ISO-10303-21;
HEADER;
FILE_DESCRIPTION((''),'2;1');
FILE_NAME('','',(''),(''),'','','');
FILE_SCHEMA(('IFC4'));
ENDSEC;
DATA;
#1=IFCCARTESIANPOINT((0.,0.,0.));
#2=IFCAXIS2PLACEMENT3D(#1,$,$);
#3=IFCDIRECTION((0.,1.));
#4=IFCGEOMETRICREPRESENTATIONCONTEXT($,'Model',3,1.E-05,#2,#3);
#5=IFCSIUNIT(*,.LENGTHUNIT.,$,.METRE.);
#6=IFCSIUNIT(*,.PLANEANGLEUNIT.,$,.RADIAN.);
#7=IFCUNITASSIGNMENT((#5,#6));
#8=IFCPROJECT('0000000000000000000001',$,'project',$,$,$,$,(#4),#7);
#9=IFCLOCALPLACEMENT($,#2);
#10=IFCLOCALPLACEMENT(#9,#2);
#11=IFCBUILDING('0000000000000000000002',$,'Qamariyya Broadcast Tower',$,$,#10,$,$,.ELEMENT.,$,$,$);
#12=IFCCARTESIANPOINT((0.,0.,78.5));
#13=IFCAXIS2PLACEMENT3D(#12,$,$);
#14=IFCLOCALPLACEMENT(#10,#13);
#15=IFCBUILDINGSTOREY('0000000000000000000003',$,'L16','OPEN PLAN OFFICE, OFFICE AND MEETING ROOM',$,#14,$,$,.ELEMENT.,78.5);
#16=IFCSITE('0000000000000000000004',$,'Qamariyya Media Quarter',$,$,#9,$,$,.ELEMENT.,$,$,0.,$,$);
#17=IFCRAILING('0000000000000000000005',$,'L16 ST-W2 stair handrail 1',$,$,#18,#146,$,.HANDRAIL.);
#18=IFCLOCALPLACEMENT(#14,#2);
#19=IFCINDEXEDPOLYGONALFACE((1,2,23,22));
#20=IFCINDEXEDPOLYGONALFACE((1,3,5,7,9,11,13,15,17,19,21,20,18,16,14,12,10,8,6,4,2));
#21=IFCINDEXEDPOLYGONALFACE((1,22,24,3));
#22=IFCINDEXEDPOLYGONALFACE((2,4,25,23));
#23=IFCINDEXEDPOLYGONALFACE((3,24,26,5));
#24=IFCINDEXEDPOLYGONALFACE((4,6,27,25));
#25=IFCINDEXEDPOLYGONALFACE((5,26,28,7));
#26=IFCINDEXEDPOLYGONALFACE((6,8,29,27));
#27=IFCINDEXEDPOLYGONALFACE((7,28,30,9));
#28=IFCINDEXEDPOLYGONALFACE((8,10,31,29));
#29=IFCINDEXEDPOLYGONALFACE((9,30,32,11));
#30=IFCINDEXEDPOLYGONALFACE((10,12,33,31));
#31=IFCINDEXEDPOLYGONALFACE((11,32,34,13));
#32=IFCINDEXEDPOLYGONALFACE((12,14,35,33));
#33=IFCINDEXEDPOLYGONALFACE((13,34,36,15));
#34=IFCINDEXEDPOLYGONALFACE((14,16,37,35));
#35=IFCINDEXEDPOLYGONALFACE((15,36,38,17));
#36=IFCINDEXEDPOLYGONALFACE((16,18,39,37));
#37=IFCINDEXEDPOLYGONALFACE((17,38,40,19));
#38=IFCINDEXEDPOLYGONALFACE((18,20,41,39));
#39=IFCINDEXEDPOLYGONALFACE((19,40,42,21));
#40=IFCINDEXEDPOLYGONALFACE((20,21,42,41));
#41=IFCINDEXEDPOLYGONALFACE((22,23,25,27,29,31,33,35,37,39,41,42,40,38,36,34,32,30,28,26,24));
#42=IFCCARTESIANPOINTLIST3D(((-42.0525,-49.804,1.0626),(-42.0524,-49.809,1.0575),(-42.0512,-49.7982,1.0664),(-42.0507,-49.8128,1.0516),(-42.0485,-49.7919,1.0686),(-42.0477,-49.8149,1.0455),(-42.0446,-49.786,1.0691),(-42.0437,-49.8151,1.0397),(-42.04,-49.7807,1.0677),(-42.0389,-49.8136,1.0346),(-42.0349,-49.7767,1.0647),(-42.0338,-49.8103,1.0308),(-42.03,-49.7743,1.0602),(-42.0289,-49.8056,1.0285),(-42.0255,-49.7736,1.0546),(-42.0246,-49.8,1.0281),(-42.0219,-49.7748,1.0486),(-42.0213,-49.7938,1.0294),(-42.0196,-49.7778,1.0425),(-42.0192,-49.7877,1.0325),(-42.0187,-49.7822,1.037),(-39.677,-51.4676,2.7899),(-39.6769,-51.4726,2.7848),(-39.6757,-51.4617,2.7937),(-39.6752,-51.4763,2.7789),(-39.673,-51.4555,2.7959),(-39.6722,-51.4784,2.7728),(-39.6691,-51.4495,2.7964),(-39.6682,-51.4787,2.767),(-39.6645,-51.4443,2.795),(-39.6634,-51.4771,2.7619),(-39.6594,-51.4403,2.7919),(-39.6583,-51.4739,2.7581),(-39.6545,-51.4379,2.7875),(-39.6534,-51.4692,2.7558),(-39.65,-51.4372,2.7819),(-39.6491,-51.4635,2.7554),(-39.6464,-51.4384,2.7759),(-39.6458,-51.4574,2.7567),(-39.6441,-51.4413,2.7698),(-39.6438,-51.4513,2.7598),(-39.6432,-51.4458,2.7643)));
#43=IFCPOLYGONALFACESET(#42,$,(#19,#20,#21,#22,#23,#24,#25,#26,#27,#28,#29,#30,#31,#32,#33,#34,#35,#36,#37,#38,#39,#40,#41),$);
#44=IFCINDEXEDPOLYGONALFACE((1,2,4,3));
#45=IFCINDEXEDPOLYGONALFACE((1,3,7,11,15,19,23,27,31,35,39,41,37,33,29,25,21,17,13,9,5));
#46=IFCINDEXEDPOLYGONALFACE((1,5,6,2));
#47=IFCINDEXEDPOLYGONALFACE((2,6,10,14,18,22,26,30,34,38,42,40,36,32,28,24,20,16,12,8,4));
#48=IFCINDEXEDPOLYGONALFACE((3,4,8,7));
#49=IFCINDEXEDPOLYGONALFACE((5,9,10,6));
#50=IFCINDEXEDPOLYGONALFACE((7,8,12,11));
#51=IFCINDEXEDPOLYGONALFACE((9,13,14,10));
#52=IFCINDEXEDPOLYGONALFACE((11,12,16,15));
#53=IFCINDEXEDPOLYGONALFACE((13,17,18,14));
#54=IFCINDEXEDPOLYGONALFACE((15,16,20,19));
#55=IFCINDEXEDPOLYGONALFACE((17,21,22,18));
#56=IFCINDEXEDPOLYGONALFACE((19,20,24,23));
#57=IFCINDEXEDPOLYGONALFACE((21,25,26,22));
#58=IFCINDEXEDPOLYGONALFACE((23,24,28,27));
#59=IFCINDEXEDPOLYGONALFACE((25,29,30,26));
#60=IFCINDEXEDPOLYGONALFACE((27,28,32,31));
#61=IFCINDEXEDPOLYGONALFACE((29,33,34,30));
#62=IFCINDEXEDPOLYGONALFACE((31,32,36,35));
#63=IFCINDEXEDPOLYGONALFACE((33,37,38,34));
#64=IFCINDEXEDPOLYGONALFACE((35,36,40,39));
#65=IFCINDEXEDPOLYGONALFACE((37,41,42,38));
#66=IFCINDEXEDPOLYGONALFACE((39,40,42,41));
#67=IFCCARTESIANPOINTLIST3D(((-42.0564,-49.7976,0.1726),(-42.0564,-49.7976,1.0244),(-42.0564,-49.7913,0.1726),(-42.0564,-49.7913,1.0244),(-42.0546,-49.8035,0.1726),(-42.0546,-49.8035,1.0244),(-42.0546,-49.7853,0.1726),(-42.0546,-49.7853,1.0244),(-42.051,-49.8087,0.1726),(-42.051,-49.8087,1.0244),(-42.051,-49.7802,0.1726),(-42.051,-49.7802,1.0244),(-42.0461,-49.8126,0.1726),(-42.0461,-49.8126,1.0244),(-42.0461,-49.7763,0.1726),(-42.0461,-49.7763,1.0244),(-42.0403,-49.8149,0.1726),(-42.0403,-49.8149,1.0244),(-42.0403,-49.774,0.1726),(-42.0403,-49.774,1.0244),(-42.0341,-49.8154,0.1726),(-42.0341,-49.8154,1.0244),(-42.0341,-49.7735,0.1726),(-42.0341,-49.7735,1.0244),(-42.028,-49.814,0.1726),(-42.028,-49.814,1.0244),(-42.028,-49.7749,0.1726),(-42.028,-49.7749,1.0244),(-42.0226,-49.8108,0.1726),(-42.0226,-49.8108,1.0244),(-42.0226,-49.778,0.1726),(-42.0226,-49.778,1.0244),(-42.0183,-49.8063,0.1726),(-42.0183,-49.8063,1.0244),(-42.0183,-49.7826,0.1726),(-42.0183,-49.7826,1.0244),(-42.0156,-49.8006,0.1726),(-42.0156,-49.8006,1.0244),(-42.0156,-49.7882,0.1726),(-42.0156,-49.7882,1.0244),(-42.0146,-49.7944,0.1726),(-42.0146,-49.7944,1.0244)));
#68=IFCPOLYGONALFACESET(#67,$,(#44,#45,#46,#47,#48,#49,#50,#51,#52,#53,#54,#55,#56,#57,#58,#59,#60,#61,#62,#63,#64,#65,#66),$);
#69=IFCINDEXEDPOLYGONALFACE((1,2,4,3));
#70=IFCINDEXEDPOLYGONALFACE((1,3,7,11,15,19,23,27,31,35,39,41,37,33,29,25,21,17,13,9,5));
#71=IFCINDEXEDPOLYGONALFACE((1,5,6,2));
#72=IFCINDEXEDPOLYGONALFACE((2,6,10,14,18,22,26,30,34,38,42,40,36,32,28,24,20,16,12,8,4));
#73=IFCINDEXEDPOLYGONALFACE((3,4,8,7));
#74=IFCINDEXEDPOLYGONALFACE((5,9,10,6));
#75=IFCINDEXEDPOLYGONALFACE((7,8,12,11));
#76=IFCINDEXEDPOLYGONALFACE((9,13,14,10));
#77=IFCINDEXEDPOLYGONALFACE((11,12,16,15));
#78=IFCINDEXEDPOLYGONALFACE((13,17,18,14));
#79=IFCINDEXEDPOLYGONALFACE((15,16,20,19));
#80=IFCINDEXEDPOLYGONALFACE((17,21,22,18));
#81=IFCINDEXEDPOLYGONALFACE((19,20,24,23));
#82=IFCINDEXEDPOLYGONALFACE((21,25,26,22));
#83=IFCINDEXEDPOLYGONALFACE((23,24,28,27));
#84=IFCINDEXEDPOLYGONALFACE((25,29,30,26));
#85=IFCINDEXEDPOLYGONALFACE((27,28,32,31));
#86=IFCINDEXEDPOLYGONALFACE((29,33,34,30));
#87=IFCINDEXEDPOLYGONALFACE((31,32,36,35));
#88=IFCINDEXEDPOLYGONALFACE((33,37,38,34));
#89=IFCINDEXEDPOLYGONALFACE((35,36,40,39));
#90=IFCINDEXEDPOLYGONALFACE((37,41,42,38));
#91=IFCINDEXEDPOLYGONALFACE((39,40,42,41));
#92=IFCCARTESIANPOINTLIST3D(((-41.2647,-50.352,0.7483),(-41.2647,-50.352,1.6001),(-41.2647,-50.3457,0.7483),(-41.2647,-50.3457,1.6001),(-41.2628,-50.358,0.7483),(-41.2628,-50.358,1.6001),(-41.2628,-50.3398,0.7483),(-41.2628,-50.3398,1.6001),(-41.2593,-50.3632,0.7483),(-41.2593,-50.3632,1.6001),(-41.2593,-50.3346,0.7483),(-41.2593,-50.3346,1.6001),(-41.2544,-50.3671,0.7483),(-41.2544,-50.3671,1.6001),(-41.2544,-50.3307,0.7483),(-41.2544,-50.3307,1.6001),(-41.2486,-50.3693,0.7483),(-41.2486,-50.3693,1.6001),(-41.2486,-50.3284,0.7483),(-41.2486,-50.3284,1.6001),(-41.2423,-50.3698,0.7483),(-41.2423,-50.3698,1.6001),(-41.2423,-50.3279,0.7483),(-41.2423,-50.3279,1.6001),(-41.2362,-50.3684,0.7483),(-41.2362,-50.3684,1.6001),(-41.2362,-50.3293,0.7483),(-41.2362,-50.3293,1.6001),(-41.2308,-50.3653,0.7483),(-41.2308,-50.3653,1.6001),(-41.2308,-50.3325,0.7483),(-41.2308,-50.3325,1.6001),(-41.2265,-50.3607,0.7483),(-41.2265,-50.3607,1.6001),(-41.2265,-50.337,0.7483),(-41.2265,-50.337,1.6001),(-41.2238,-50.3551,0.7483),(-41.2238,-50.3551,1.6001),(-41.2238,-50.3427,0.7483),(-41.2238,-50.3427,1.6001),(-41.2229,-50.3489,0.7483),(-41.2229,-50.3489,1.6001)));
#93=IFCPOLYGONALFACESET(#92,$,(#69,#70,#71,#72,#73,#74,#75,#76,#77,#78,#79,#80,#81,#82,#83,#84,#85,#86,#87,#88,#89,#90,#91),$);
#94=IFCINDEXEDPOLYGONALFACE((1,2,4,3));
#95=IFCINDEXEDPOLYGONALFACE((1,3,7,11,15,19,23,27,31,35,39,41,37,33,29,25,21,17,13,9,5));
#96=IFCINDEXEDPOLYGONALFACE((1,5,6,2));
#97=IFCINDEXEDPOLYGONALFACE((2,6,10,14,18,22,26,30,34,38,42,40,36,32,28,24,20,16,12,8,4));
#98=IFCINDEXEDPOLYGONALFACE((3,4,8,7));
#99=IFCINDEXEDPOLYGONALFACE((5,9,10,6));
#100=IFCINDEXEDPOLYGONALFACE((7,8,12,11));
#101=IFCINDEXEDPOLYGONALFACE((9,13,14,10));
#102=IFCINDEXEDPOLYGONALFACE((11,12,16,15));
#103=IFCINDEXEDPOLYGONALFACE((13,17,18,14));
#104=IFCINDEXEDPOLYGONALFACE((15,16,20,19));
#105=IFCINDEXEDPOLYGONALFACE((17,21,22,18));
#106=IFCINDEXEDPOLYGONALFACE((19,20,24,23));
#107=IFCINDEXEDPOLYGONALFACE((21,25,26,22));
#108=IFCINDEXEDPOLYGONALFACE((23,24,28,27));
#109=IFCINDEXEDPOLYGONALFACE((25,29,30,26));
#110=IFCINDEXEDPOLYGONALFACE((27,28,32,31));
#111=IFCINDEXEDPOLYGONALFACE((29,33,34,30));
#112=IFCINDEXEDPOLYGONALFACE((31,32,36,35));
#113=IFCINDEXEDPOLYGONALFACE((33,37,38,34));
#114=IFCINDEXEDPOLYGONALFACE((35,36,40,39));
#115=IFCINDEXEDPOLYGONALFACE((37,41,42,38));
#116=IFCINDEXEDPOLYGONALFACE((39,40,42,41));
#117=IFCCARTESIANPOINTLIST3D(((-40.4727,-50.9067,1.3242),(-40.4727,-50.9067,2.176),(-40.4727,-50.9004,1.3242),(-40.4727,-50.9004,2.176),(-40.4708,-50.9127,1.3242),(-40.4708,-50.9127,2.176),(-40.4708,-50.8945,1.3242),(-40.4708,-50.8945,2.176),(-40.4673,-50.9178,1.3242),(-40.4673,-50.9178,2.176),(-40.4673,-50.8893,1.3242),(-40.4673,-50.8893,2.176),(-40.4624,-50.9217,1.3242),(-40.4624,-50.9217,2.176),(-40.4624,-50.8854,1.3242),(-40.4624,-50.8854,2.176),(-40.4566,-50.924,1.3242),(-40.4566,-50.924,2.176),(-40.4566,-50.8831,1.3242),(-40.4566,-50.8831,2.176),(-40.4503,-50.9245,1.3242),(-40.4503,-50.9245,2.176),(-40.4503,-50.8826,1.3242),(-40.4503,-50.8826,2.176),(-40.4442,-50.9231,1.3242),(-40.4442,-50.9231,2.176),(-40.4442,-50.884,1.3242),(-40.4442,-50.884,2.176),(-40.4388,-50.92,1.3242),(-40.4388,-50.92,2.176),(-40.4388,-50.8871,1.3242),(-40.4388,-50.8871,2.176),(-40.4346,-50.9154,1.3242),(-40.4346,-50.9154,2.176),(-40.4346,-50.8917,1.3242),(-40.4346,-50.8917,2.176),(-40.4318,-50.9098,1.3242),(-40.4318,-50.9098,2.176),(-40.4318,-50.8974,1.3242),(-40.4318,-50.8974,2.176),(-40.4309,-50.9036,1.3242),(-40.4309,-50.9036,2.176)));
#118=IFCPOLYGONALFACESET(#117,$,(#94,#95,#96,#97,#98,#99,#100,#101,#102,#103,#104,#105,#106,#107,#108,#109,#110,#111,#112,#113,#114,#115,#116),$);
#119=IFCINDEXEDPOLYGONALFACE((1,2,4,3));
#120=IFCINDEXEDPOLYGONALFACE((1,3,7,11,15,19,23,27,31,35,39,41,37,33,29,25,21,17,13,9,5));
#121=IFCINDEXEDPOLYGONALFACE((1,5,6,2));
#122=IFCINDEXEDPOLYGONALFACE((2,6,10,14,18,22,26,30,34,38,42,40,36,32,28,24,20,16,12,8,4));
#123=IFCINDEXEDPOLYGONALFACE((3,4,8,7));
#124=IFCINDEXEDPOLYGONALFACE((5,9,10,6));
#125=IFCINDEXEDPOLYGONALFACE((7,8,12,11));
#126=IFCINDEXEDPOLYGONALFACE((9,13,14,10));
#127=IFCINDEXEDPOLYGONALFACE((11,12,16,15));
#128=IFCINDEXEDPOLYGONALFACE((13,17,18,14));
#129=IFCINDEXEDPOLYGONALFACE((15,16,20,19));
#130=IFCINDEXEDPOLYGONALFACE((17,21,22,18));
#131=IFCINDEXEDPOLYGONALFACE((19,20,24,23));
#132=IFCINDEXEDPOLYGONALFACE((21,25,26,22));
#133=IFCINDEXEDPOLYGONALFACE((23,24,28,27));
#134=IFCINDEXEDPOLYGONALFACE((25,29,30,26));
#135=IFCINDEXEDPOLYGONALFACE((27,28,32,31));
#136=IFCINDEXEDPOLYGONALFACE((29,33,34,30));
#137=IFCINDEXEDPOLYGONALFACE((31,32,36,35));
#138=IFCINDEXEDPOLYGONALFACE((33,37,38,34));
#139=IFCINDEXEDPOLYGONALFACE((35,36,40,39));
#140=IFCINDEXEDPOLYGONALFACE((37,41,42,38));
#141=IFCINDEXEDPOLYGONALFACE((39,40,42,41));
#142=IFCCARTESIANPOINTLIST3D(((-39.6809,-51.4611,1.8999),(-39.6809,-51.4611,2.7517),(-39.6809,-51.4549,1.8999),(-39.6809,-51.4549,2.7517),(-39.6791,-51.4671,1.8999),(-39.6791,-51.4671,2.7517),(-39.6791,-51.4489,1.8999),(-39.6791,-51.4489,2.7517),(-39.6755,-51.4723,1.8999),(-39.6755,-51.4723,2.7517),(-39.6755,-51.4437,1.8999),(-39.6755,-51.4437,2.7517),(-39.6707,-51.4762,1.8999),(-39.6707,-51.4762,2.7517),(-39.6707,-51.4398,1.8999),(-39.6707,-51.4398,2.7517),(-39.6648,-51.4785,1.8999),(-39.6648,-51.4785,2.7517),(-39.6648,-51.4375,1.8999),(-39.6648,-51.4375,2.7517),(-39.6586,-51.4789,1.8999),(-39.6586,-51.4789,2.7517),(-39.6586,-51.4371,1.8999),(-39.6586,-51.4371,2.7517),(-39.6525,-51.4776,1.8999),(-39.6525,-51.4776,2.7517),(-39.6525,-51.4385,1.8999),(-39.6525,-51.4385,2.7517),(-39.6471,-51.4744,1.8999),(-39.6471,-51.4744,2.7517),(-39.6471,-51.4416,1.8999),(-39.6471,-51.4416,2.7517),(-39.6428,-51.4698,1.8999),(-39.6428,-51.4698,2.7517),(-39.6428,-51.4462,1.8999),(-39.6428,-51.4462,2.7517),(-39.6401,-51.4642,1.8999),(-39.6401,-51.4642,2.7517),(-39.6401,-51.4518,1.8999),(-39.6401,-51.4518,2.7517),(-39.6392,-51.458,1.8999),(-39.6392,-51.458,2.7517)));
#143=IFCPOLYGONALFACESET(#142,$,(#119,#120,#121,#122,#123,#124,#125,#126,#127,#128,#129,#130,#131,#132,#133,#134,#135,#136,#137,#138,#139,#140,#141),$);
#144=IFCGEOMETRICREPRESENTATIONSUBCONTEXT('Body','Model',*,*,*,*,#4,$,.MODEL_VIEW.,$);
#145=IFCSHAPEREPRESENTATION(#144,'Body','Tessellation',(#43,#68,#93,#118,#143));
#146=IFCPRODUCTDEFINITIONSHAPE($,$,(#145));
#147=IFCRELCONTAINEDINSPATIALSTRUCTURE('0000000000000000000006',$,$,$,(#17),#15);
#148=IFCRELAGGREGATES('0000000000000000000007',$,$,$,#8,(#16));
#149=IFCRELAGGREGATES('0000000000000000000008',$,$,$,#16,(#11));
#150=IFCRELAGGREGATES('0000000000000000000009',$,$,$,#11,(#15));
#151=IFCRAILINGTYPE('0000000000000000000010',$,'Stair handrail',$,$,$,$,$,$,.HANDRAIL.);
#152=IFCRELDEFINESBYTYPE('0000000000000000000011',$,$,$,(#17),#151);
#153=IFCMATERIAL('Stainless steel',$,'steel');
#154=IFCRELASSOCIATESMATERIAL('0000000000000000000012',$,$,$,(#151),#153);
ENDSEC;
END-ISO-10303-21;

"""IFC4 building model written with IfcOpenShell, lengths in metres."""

from ifc_helpers import new_model, si_unit, direction, frame, origin, origin_2d, place, context, subcontext, project, spatial, circle, extrude, material, type_object, element, save


model = new_model("IFC4")

# Units and contexts
model_context = context("Model", 3, precision=1e-05, world=origin(), true_north=direction((0.0, 1.0)))
body_context = subcontext(model_context, "Body", "Model", "MODEL_VIEW")
ifc_project = project(units=[si_unit("LENGTHUNIT", "METRE"), si_unit("PLANEANGLEUNIT", "RADIAN")], contexts=[model_context])

# Site, building, storey
site_placement = place(None, origin())
site = spatial("IfcSite", under=ifc_project, at=site_placement, Name="Qamariyya Media Quarter", CompositionType="ELEMENT", RefElevation=0.0)
building_placement = place(site_placement, origin())
building = spatial("IfcBuilding", under=site, at=building_placement, Name="Qamariyya Broadcast Tower", CompositionType="ELEMENT")
storey_placement = place(building_placement, frame((0.0, 0.0, 78.5)))
storey = spatial("IfcBuildingStorey", under=building, at=storey_placement, Name="L16", Description="OPEN PLAN OFFICE, OFFICE AND MEETING ROOM", CompositionType="ELEMENT", Elevation=78.5)

# Railing
ifc_material_1 = material(Name="Stainless steel", Category="steel")
railing_type_1 = type_object("IfcRailingType", Name="Stair handrail", PredefinedType="HANDRAIL", material=ifc_material_1)
railing_1_placement = place(storey_placement, frame((-42.0356, -49.7944, 0.1726)))
element("IfcRailing", 1, at=railing_1_placement, inside=storey, type_object=railing_type_1, Name="L16 ST-W2 stair handrail 1", PredefinedType="HANDRAIL", context=body_context, shape_type="SweptSolid", body=[
    extrude(circle(Radius=0.0239, at=origin_2d()), frame((0.0, 0.0, 0.876), z_axis=(0.703745, -0.492838, 0.511716), x_axis=(0.573632, 0.819113, 0.0)), (0.0, 0.0, 1.0), 3.3755),
    extrude(circle(Radius=0.021, at=origin_2d()), origin(), (0.0, 0.0, 1.0), 0.8518),
    extrude(circle(Radius=0.021, at=origin_2d()), frame((0.7917, -0.5544, 0.5757)), (0.0, 0.0, 1.0), 0.8518),
    extrude(circle(Radius=0.021, at=origin_2d()), frame((1.5837, -1.1091, 1.1516)), (0.0, 0.0, 1.0), 0.8518),
    extrude(circle(Radius=0.021, at=origin_2d()), frame((2.3755, -1.6636, 1.7273)), (0.0, 0.0, 1.0), 0.8518),
])

save(model, "model.ifc")
